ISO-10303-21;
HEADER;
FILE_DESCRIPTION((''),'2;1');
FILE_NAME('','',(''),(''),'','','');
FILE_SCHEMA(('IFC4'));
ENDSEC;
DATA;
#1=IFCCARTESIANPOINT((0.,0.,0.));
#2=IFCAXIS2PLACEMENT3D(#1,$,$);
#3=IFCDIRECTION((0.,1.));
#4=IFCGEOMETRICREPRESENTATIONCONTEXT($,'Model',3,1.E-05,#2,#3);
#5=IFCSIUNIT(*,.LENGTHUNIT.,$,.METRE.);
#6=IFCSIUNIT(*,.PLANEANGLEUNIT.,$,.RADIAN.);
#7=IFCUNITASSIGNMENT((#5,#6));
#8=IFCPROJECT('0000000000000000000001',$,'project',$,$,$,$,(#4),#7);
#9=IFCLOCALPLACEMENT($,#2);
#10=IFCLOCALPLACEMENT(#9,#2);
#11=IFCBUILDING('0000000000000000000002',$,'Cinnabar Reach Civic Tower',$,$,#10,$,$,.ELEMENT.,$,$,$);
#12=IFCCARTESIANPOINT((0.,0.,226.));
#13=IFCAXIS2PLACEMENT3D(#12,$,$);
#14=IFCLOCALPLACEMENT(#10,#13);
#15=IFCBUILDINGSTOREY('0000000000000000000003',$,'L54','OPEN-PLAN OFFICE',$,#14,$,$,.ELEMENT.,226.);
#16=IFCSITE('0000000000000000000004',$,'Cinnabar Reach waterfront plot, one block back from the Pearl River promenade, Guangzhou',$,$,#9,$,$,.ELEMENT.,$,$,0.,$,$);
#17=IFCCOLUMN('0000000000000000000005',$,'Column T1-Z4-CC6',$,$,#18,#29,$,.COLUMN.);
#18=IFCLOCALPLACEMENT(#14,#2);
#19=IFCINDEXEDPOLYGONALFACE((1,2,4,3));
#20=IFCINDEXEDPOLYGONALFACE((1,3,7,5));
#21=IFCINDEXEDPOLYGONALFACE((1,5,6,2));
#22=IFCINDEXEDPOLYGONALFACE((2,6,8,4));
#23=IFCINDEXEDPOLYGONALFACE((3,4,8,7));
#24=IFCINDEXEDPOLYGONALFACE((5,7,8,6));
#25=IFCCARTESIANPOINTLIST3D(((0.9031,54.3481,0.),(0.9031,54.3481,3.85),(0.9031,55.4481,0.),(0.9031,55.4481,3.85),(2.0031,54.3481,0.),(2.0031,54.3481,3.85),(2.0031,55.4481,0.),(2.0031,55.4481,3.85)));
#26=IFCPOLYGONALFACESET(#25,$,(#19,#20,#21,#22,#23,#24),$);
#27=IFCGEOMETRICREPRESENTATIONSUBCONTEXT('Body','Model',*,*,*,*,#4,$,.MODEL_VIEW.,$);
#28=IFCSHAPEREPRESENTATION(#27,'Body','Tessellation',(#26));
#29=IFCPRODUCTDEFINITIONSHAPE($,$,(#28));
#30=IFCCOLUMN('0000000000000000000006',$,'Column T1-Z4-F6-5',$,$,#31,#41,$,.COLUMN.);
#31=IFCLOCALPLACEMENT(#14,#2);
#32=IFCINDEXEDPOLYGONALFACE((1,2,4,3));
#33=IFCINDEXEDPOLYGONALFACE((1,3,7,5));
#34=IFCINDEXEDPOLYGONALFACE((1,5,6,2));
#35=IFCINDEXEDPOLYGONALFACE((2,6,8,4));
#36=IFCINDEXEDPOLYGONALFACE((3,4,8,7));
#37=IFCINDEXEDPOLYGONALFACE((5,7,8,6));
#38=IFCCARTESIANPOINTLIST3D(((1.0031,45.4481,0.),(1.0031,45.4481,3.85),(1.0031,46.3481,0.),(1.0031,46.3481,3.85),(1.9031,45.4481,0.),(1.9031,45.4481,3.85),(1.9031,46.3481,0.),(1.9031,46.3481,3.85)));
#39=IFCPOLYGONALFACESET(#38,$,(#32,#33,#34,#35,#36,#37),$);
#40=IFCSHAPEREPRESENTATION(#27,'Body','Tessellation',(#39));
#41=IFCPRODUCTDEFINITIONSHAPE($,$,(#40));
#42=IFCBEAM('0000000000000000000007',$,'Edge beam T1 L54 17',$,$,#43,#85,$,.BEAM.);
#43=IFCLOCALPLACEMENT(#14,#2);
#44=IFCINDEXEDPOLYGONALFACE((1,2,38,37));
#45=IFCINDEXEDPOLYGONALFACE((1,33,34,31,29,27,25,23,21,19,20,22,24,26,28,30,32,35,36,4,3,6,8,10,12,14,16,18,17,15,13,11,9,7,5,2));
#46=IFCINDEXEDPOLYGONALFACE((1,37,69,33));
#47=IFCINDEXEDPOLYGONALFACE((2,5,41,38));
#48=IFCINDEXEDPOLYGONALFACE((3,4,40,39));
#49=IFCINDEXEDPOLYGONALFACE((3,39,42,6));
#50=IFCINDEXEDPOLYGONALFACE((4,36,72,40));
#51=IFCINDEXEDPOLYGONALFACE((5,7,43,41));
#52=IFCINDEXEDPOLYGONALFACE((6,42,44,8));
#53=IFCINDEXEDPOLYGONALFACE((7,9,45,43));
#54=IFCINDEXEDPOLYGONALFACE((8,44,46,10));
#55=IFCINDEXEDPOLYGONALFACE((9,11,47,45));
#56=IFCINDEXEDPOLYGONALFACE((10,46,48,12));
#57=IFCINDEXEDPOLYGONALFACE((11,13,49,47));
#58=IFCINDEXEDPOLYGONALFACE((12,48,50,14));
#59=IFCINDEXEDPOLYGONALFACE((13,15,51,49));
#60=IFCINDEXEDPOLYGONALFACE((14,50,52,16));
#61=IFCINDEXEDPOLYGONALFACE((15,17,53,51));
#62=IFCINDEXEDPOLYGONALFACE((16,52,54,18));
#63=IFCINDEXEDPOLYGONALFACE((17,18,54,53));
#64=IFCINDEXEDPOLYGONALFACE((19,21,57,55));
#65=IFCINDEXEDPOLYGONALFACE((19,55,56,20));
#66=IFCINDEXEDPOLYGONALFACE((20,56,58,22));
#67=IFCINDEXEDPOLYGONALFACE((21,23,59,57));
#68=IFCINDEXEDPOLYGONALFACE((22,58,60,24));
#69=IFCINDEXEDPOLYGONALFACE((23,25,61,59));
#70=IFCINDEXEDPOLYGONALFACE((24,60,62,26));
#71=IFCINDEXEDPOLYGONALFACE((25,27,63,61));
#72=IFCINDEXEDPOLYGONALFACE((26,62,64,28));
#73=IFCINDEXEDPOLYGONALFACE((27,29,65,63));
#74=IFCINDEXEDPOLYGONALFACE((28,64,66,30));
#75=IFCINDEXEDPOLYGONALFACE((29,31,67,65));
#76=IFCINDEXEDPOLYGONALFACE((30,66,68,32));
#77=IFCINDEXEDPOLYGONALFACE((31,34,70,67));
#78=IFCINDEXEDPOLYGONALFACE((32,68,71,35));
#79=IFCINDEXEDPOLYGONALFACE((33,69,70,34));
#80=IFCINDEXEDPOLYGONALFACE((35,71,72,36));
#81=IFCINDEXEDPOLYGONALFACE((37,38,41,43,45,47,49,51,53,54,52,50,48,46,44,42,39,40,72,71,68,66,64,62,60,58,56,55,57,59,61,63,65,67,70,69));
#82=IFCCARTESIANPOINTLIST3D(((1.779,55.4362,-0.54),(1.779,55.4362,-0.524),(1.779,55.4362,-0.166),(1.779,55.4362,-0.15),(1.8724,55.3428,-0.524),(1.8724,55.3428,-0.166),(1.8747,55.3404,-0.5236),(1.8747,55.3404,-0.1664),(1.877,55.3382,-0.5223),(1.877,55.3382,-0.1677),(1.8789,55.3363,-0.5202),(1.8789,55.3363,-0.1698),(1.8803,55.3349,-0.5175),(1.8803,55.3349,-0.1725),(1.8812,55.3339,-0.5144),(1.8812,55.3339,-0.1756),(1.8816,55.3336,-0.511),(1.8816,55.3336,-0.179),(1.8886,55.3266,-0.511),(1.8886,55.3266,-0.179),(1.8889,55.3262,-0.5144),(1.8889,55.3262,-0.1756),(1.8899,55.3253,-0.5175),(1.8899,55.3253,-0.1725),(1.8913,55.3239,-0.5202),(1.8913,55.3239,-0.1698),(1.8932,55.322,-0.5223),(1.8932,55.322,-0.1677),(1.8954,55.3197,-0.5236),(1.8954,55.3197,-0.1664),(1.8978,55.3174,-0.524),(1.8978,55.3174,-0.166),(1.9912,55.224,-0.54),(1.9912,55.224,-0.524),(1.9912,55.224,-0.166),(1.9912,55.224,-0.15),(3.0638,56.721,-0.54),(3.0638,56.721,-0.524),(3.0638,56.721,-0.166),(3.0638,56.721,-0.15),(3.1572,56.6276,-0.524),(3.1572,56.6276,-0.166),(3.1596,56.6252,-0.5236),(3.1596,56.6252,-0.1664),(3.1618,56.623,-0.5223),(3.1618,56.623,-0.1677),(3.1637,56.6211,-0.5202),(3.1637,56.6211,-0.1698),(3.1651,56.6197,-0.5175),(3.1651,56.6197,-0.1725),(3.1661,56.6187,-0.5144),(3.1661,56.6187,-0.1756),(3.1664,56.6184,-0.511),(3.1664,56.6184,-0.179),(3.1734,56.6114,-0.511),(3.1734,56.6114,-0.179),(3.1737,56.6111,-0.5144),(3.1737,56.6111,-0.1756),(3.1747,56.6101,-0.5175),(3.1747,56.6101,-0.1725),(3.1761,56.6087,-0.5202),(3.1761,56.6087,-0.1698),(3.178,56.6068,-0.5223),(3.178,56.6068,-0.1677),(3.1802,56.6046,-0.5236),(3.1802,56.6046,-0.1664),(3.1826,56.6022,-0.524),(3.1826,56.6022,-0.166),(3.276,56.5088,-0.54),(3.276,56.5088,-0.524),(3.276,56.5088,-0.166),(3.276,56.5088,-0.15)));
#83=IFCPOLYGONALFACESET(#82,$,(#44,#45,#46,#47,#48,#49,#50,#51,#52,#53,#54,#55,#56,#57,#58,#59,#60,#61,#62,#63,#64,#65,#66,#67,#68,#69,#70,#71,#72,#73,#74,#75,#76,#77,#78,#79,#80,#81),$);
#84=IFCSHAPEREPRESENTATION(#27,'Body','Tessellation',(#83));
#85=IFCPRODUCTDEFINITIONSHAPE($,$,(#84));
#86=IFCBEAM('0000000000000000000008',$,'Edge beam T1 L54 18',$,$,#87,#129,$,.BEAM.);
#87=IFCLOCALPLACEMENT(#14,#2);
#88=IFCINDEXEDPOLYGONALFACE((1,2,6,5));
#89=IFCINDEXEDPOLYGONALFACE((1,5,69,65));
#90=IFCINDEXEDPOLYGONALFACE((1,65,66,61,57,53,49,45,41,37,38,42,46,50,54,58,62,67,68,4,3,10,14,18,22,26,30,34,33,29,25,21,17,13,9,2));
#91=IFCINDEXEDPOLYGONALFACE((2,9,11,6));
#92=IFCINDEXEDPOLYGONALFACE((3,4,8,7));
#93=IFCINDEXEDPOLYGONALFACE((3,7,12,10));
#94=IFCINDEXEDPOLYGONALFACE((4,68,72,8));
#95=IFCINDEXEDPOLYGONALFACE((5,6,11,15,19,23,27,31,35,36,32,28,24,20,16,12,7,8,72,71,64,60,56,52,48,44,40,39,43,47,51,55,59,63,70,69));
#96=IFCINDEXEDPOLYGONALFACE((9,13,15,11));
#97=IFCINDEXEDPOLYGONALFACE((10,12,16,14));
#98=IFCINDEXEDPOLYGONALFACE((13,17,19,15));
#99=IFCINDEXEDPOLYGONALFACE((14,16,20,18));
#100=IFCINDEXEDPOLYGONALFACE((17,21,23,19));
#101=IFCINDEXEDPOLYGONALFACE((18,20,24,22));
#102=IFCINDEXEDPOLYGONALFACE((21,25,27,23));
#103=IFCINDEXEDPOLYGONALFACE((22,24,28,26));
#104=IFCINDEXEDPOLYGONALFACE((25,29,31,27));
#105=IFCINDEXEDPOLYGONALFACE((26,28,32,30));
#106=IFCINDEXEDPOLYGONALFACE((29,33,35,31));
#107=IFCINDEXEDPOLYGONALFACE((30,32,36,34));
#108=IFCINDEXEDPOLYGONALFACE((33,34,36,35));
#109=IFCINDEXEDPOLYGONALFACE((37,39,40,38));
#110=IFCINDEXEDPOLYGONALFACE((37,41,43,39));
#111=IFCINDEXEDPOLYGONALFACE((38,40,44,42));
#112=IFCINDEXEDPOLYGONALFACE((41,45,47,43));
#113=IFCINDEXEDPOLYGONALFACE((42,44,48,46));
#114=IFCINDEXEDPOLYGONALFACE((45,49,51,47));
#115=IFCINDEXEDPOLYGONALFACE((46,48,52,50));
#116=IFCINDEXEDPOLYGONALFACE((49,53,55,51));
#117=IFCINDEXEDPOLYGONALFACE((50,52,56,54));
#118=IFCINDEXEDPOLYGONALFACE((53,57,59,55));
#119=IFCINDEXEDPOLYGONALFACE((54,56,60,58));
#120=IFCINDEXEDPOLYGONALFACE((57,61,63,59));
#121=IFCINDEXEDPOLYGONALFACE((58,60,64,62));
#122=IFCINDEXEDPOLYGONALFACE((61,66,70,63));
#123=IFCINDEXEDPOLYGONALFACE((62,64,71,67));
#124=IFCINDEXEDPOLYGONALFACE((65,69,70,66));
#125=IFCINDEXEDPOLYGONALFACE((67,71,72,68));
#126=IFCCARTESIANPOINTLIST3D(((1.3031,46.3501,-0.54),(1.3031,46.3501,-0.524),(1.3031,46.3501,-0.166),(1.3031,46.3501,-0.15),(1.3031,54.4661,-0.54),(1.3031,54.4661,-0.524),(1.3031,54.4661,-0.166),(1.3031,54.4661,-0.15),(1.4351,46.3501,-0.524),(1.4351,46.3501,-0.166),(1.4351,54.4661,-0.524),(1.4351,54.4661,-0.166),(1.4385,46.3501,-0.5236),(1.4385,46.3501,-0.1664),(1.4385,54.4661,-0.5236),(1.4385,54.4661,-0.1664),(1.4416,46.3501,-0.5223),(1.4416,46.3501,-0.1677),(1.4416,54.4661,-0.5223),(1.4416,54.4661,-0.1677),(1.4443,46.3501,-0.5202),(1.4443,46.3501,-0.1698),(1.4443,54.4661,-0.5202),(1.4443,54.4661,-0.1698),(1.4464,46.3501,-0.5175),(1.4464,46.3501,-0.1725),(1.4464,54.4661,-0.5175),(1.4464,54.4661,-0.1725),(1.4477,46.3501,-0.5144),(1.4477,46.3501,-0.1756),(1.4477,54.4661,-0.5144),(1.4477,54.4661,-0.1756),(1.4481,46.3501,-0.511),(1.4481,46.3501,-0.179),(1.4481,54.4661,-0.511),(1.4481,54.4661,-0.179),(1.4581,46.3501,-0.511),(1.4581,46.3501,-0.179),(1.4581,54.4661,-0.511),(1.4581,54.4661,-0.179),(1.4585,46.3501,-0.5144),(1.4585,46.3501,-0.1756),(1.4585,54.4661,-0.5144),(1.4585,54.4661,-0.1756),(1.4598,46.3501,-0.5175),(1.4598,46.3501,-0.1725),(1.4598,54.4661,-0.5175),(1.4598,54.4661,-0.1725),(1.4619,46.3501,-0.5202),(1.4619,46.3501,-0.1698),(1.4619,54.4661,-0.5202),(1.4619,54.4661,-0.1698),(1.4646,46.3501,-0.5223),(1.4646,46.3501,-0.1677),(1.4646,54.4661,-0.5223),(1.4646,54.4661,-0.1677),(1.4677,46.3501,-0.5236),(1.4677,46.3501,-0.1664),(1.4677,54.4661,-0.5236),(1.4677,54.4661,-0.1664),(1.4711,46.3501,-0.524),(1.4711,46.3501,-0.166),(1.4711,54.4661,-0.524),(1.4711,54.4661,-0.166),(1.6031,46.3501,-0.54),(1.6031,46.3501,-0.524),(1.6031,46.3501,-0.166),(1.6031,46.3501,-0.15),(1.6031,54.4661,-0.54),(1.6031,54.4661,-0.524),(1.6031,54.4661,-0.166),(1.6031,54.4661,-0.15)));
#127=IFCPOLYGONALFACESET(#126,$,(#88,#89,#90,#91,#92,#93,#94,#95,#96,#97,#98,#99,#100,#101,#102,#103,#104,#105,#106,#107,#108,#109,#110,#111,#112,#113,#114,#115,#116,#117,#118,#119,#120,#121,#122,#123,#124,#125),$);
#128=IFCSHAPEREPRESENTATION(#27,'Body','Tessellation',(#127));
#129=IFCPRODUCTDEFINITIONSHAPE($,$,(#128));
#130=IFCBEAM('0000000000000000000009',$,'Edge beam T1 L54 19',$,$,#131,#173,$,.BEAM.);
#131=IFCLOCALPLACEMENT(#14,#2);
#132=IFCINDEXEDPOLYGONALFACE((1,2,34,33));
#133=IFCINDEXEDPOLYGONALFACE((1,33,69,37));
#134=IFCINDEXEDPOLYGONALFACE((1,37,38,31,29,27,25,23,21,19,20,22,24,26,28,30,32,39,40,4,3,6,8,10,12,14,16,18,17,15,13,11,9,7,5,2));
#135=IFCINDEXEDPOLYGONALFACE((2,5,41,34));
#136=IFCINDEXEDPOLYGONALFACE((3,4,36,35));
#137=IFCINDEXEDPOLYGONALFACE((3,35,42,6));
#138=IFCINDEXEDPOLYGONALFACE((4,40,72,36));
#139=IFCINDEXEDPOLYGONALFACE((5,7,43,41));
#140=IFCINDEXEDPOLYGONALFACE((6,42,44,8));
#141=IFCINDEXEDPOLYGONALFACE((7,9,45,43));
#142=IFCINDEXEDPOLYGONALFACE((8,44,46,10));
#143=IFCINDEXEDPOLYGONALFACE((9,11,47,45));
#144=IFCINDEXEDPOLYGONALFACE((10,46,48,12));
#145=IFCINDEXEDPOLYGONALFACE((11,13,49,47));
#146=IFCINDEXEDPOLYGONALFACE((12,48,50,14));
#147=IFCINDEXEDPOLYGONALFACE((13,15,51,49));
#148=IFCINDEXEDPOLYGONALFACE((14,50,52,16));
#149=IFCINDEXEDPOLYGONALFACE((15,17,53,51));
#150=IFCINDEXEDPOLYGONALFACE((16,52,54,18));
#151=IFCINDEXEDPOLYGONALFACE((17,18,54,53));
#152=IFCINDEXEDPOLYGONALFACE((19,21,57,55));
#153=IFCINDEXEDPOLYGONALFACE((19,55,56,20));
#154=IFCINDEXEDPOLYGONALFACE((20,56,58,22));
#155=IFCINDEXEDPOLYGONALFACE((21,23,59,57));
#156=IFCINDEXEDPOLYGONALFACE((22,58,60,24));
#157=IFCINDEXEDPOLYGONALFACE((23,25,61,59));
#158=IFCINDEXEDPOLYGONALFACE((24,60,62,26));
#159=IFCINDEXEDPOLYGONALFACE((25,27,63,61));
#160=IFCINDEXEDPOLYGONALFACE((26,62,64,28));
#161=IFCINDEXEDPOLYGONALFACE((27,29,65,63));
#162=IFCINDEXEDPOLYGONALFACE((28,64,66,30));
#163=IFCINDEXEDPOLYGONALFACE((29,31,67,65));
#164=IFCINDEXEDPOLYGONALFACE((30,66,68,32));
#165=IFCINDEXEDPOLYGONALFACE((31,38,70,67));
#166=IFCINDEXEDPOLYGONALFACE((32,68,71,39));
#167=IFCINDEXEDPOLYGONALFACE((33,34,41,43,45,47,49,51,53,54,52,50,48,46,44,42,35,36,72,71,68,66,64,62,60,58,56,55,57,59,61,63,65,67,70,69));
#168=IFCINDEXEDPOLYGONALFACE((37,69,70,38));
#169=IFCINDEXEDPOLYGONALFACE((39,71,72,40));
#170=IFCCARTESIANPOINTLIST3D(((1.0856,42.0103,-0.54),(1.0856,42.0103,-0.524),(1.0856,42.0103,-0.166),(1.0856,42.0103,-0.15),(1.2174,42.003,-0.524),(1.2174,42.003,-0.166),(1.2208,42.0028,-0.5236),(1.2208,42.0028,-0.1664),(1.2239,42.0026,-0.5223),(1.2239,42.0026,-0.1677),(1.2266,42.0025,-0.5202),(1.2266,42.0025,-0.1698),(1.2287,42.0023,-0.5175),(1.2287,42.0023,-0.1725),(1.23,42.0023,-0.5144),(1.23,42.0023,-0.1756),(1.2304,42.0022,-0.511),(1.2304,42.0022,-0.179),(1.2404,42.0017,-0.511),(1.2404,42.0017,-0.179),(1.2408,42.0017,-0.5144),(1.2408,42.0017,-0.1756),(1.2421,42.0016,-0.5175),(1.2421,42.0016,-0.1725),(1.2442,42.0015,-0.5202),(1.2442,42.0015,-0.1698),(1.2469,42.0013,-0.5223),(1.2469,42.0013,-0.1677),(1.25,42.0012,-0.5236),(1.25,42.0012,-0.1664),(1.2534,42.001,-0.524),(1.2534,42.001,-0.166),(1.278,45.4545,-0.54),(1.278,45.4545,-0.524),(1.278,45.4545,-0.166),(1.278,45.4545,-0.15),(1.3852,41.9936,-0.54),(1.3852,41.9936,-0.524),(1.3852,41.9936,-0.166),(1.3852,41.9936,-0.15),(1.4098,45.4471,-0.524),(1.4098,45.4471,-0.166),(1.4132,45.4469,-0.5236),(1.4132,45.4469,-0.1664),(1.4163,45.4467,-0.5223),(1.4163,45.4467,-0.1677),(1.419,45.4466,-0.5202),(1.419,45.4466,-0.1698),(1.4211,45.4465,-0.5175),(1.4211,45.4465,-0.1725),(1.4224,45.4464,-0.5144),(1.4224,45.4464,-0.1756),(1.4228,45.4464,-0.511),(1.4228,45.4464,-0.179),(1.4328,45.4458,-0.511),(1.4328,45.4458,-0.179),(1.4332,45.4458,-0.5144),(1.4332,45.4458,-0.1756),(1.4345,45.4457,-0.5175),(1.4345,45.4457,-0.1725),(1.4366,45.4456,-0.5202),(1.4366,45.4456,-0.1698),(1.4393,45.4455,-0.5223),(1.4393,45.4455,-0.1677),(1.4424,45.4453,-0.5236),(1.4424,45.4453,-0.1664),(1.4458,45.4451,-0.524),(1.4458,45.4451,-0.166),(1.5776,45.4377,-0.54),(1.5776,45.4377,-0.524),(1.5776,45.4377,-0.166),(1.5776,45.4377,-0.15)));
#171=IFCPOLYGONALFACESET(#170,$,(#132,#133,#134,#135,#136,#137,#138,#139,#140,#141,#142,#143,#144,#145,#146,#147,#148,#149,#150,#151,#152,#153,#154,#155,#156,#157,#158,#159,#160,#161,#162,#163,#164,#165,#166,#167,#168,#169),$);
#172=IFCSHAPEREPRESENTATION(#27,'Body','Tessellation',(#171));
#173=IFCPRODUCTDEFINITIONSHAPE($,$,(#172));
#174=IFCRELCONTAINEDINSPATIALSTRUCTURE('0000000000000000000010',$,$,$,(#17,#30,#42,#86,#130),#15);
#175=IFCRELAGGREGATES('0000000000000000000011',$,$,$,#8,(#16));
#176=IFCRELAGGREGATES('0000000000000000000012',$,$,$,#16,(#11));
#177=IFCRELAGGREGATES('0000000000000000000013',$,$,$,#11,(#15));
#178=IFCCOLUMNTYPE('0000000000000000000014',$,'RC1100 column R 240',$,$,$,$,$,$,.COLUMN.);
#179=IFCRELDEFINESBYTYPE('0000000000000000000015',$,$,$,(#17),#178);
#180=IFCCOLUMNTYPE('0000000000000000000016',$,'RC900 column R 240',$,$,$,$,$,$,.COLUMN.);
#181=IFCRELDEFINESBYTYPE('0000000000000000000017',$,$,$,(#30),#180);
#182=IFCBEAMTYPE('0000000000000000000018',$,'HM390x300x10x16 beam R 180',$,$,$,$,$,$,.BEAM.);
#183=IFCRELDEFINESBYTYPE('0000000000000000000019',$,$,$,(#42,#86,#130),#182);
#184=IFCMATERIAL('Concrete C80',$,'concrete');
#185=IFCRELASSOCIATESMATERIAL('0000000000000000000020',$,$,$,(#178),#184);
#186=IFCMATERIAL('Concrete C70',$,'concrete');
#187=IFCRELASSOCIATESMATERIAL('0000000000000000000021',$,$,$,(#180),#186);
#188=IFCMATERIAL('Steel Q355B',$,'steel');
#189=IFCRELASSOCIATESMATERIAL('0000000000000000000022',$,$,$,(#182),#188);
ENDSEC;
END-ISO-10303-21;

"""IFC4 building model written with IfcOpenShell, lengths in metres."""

from ifc_helpers import new_model, si_unit, direction, frame, origin, origin_2d, place, context, subcontext, project, spatial, rectangle, i_section, extrude, material, material_profile, profile_set, type_object, element, save


model = new_model("IFC4")

# Units and contexts
model_context = context("Model", 3, precision=1e-05, world=origin(), true_north=direction((0.0, 1.0)))
body_context = subcontext(model_context, "Body", "Model", "MODEL_VIEW")
ifc_project = project(units=[si_unit("LENGTHUNIT", "METRE"), si_unit("PLANEANGLEUNIT", "RADIAN")], contexts=[model_context])

# Site, building, storey
site_placement = place(None, origin())
site = spatial("IfcSite", under=ifc_project, at=site_placement, Name="Cinnabar Reach waterfront plot, one block back from the Pearl River promenade, Guangzhou", CompositionType="ELEMENT", RefElevation=0.0)
building_placement = place(site_placement, origin())
building = spatial("IfcBuilding", under=site, at=building_placement, Name="Cinnabar Reach Civic Tower", CompositionType="ELEMENT")
storey_placement = place(building_placement, frame((0.0, 0.0, 226.0)))
storey = spatial("IfcBuildingStorey", under=building, at=storey_placement, Name="L54", Description="OPEN-PLAN OFFICE", CompositionType="ELEMENT", Elevation=226.0)

# Columns
ifc_material_1 = material(Name="Concrete C80", Category="concrete")
ifc_material_profile_1 = material_profile(ifc_material_1, rectangle(XDim=1.1, YDim=1.1, at=origin_2d()), Name="RC1100")
ifc_profile_set_1 = profile_set([ifc_material_profile_1], Name="Concrete C80")
column_type_1 = type_object("IfcColumnType", Name="RC1100 column R 240", PredefinedType="COLUMN", material=ifc_profile_set_1)
column_1_placement = place(storey_placement, frame((1.4531, 54.8981, 0.0), z_axis=(0.0, 0.0, 1.0), x_axis=(1.0, 0.0, 0.0)))
element("IfcColumn", 1, at=column_1_placement, inside=storey, type_object=column_type_1, Name="Column T1-Z4-CC6", PredefinedType="COLUMN", context=body_context, shape_type="SweptSolid", body=[
    extrude(rectangle(XDim=1.1, YDim=1.1, at=origin_2d()), origin(), (0.0, 0.0, 1.0), 3.85),
])
ifc_material_2 = material(Name="Concrete C70", Category="concrete")
ifc_material_profile_2 = material_profile(ifc_material_2, rectangle(XDim=0.9, YDim=0.9, at=origin_2d()), Name="RC900")
ifc_profile_set_2 = profile_set([ifc_material_profile_2], Name="Concrete C70")
column_type_2 = type_object("IfcColumnType", Name="RC900 column R 240", PredefinedType="COLUMN", material=ifc_profile_set_2)
column_2_placement = place(storey_placement, frame((1.4531, 45.8981, 0.0), z_axis=(0.0, 0.0, 1.0), x_axis=(1.0, 0.0, 0.0)))
element("IfcColumn", 2, at=column_2_placement, inside=storey, type_object=column_type_2, Name="Column T1-Z4-F6-5", PredefinedType="COLUMN", context=body_context, shape_type="SweptSolid", body=[
    extrude(rectangle(XDim=0.9, YDim=0.9, at=origin_2d()), origin(), (0.0, 0.0, 1.0), 3.85),
])

# Beams
ifc_material_3 = material(Name="Steel Q355B", Category="steel")
ifc_material_profile_3 = material_profile(ifc_material_3, i_section(OverallWidth=0.3, OverallDepth=0.39, WebThickness=0.01, FlangeThickness=0.016, FilletRadius=0.013, at=origin_2d()), Name="HM390x300x10x16")
ifc_profile_set_3 = profile_set([ifc_material_profile_3], Name="Steel Q355B")
beam_type_1 = type_object("IfcBeamType", Name="HM390x300x10x16 beam R 180", PredefinedType="BEAM", material=ifc_profile_set_3)
beam_1_placement = place(storey_placement, frame((3.1699, 56.6149, -0.345), z_axis=(-0.707107, -0.707107, 0.0), x_axis=(0.707107, -0.707107, 0.0)))
element("IfcBeam", 3, at=beam_1_placement, inside=storey, type_object=beam_type_1, Name="Edge beam T1 L54 17", PredefinedType="BEAM", context=body_context, shape_type="SweptSolid", body=[
    extrude(i_section(OverallWidth=0.3, OverallDepth=0.39, WebThickness=0.01, FlangeThickness=0.016, FilletRadius=0.013, at=origin_2d()), origin(), (0.0, 0.0, 1.0), 1.817),
])
beam_2_placement = place(storey_placement, frame((1.4531, 54.4661, -0.345), z_axis=(0.0, -1.0, 0.0), x_axis=(1.0, 0.0, 0.0)))
element("IfcBeam", 4, at=beam_2_placement, inside=storey, type_object=beam_type_1, Name="Edge beam T1 L54 18", PredefinedType="BEAM", context=body_context, shape_type="SweptSolid", body=[
    extrude(i_section(OverallWidth=0.3, OverallDepth=0.39, WebThickness=0.01, FlangeThickness=0.016, FilletRadius=0.013, at=origin_2d()), origin(), (0.0, 0.0, 1.0), 8.116),
])
beam_3_placement = place(storey_placement, frame((1.4278, 45.4461, -0.345), z_axis=(-0.055777, -0.998443, 0.0), x_axis=(0.998443, -0.055777, 0.0)))
element("IfcBeam", 5, at=beam_3_placement, inside=storey, type_object=beam_type_1, Name="Edge beam T1 L54 19", PredefinedType="BEAM", context=body_context, shape_type="SweptSolid", body=[
    extrude(i_section(OverallWidth=0.3, OverallDepth=0.39, WebThickness=0.01, FlangeThickness=0.016, FilletRadius=0.013, at=origin_2d()), origin(), (0.0, 0.0, 1.0), 3.4495),
])

save(model, "model.ifc")
